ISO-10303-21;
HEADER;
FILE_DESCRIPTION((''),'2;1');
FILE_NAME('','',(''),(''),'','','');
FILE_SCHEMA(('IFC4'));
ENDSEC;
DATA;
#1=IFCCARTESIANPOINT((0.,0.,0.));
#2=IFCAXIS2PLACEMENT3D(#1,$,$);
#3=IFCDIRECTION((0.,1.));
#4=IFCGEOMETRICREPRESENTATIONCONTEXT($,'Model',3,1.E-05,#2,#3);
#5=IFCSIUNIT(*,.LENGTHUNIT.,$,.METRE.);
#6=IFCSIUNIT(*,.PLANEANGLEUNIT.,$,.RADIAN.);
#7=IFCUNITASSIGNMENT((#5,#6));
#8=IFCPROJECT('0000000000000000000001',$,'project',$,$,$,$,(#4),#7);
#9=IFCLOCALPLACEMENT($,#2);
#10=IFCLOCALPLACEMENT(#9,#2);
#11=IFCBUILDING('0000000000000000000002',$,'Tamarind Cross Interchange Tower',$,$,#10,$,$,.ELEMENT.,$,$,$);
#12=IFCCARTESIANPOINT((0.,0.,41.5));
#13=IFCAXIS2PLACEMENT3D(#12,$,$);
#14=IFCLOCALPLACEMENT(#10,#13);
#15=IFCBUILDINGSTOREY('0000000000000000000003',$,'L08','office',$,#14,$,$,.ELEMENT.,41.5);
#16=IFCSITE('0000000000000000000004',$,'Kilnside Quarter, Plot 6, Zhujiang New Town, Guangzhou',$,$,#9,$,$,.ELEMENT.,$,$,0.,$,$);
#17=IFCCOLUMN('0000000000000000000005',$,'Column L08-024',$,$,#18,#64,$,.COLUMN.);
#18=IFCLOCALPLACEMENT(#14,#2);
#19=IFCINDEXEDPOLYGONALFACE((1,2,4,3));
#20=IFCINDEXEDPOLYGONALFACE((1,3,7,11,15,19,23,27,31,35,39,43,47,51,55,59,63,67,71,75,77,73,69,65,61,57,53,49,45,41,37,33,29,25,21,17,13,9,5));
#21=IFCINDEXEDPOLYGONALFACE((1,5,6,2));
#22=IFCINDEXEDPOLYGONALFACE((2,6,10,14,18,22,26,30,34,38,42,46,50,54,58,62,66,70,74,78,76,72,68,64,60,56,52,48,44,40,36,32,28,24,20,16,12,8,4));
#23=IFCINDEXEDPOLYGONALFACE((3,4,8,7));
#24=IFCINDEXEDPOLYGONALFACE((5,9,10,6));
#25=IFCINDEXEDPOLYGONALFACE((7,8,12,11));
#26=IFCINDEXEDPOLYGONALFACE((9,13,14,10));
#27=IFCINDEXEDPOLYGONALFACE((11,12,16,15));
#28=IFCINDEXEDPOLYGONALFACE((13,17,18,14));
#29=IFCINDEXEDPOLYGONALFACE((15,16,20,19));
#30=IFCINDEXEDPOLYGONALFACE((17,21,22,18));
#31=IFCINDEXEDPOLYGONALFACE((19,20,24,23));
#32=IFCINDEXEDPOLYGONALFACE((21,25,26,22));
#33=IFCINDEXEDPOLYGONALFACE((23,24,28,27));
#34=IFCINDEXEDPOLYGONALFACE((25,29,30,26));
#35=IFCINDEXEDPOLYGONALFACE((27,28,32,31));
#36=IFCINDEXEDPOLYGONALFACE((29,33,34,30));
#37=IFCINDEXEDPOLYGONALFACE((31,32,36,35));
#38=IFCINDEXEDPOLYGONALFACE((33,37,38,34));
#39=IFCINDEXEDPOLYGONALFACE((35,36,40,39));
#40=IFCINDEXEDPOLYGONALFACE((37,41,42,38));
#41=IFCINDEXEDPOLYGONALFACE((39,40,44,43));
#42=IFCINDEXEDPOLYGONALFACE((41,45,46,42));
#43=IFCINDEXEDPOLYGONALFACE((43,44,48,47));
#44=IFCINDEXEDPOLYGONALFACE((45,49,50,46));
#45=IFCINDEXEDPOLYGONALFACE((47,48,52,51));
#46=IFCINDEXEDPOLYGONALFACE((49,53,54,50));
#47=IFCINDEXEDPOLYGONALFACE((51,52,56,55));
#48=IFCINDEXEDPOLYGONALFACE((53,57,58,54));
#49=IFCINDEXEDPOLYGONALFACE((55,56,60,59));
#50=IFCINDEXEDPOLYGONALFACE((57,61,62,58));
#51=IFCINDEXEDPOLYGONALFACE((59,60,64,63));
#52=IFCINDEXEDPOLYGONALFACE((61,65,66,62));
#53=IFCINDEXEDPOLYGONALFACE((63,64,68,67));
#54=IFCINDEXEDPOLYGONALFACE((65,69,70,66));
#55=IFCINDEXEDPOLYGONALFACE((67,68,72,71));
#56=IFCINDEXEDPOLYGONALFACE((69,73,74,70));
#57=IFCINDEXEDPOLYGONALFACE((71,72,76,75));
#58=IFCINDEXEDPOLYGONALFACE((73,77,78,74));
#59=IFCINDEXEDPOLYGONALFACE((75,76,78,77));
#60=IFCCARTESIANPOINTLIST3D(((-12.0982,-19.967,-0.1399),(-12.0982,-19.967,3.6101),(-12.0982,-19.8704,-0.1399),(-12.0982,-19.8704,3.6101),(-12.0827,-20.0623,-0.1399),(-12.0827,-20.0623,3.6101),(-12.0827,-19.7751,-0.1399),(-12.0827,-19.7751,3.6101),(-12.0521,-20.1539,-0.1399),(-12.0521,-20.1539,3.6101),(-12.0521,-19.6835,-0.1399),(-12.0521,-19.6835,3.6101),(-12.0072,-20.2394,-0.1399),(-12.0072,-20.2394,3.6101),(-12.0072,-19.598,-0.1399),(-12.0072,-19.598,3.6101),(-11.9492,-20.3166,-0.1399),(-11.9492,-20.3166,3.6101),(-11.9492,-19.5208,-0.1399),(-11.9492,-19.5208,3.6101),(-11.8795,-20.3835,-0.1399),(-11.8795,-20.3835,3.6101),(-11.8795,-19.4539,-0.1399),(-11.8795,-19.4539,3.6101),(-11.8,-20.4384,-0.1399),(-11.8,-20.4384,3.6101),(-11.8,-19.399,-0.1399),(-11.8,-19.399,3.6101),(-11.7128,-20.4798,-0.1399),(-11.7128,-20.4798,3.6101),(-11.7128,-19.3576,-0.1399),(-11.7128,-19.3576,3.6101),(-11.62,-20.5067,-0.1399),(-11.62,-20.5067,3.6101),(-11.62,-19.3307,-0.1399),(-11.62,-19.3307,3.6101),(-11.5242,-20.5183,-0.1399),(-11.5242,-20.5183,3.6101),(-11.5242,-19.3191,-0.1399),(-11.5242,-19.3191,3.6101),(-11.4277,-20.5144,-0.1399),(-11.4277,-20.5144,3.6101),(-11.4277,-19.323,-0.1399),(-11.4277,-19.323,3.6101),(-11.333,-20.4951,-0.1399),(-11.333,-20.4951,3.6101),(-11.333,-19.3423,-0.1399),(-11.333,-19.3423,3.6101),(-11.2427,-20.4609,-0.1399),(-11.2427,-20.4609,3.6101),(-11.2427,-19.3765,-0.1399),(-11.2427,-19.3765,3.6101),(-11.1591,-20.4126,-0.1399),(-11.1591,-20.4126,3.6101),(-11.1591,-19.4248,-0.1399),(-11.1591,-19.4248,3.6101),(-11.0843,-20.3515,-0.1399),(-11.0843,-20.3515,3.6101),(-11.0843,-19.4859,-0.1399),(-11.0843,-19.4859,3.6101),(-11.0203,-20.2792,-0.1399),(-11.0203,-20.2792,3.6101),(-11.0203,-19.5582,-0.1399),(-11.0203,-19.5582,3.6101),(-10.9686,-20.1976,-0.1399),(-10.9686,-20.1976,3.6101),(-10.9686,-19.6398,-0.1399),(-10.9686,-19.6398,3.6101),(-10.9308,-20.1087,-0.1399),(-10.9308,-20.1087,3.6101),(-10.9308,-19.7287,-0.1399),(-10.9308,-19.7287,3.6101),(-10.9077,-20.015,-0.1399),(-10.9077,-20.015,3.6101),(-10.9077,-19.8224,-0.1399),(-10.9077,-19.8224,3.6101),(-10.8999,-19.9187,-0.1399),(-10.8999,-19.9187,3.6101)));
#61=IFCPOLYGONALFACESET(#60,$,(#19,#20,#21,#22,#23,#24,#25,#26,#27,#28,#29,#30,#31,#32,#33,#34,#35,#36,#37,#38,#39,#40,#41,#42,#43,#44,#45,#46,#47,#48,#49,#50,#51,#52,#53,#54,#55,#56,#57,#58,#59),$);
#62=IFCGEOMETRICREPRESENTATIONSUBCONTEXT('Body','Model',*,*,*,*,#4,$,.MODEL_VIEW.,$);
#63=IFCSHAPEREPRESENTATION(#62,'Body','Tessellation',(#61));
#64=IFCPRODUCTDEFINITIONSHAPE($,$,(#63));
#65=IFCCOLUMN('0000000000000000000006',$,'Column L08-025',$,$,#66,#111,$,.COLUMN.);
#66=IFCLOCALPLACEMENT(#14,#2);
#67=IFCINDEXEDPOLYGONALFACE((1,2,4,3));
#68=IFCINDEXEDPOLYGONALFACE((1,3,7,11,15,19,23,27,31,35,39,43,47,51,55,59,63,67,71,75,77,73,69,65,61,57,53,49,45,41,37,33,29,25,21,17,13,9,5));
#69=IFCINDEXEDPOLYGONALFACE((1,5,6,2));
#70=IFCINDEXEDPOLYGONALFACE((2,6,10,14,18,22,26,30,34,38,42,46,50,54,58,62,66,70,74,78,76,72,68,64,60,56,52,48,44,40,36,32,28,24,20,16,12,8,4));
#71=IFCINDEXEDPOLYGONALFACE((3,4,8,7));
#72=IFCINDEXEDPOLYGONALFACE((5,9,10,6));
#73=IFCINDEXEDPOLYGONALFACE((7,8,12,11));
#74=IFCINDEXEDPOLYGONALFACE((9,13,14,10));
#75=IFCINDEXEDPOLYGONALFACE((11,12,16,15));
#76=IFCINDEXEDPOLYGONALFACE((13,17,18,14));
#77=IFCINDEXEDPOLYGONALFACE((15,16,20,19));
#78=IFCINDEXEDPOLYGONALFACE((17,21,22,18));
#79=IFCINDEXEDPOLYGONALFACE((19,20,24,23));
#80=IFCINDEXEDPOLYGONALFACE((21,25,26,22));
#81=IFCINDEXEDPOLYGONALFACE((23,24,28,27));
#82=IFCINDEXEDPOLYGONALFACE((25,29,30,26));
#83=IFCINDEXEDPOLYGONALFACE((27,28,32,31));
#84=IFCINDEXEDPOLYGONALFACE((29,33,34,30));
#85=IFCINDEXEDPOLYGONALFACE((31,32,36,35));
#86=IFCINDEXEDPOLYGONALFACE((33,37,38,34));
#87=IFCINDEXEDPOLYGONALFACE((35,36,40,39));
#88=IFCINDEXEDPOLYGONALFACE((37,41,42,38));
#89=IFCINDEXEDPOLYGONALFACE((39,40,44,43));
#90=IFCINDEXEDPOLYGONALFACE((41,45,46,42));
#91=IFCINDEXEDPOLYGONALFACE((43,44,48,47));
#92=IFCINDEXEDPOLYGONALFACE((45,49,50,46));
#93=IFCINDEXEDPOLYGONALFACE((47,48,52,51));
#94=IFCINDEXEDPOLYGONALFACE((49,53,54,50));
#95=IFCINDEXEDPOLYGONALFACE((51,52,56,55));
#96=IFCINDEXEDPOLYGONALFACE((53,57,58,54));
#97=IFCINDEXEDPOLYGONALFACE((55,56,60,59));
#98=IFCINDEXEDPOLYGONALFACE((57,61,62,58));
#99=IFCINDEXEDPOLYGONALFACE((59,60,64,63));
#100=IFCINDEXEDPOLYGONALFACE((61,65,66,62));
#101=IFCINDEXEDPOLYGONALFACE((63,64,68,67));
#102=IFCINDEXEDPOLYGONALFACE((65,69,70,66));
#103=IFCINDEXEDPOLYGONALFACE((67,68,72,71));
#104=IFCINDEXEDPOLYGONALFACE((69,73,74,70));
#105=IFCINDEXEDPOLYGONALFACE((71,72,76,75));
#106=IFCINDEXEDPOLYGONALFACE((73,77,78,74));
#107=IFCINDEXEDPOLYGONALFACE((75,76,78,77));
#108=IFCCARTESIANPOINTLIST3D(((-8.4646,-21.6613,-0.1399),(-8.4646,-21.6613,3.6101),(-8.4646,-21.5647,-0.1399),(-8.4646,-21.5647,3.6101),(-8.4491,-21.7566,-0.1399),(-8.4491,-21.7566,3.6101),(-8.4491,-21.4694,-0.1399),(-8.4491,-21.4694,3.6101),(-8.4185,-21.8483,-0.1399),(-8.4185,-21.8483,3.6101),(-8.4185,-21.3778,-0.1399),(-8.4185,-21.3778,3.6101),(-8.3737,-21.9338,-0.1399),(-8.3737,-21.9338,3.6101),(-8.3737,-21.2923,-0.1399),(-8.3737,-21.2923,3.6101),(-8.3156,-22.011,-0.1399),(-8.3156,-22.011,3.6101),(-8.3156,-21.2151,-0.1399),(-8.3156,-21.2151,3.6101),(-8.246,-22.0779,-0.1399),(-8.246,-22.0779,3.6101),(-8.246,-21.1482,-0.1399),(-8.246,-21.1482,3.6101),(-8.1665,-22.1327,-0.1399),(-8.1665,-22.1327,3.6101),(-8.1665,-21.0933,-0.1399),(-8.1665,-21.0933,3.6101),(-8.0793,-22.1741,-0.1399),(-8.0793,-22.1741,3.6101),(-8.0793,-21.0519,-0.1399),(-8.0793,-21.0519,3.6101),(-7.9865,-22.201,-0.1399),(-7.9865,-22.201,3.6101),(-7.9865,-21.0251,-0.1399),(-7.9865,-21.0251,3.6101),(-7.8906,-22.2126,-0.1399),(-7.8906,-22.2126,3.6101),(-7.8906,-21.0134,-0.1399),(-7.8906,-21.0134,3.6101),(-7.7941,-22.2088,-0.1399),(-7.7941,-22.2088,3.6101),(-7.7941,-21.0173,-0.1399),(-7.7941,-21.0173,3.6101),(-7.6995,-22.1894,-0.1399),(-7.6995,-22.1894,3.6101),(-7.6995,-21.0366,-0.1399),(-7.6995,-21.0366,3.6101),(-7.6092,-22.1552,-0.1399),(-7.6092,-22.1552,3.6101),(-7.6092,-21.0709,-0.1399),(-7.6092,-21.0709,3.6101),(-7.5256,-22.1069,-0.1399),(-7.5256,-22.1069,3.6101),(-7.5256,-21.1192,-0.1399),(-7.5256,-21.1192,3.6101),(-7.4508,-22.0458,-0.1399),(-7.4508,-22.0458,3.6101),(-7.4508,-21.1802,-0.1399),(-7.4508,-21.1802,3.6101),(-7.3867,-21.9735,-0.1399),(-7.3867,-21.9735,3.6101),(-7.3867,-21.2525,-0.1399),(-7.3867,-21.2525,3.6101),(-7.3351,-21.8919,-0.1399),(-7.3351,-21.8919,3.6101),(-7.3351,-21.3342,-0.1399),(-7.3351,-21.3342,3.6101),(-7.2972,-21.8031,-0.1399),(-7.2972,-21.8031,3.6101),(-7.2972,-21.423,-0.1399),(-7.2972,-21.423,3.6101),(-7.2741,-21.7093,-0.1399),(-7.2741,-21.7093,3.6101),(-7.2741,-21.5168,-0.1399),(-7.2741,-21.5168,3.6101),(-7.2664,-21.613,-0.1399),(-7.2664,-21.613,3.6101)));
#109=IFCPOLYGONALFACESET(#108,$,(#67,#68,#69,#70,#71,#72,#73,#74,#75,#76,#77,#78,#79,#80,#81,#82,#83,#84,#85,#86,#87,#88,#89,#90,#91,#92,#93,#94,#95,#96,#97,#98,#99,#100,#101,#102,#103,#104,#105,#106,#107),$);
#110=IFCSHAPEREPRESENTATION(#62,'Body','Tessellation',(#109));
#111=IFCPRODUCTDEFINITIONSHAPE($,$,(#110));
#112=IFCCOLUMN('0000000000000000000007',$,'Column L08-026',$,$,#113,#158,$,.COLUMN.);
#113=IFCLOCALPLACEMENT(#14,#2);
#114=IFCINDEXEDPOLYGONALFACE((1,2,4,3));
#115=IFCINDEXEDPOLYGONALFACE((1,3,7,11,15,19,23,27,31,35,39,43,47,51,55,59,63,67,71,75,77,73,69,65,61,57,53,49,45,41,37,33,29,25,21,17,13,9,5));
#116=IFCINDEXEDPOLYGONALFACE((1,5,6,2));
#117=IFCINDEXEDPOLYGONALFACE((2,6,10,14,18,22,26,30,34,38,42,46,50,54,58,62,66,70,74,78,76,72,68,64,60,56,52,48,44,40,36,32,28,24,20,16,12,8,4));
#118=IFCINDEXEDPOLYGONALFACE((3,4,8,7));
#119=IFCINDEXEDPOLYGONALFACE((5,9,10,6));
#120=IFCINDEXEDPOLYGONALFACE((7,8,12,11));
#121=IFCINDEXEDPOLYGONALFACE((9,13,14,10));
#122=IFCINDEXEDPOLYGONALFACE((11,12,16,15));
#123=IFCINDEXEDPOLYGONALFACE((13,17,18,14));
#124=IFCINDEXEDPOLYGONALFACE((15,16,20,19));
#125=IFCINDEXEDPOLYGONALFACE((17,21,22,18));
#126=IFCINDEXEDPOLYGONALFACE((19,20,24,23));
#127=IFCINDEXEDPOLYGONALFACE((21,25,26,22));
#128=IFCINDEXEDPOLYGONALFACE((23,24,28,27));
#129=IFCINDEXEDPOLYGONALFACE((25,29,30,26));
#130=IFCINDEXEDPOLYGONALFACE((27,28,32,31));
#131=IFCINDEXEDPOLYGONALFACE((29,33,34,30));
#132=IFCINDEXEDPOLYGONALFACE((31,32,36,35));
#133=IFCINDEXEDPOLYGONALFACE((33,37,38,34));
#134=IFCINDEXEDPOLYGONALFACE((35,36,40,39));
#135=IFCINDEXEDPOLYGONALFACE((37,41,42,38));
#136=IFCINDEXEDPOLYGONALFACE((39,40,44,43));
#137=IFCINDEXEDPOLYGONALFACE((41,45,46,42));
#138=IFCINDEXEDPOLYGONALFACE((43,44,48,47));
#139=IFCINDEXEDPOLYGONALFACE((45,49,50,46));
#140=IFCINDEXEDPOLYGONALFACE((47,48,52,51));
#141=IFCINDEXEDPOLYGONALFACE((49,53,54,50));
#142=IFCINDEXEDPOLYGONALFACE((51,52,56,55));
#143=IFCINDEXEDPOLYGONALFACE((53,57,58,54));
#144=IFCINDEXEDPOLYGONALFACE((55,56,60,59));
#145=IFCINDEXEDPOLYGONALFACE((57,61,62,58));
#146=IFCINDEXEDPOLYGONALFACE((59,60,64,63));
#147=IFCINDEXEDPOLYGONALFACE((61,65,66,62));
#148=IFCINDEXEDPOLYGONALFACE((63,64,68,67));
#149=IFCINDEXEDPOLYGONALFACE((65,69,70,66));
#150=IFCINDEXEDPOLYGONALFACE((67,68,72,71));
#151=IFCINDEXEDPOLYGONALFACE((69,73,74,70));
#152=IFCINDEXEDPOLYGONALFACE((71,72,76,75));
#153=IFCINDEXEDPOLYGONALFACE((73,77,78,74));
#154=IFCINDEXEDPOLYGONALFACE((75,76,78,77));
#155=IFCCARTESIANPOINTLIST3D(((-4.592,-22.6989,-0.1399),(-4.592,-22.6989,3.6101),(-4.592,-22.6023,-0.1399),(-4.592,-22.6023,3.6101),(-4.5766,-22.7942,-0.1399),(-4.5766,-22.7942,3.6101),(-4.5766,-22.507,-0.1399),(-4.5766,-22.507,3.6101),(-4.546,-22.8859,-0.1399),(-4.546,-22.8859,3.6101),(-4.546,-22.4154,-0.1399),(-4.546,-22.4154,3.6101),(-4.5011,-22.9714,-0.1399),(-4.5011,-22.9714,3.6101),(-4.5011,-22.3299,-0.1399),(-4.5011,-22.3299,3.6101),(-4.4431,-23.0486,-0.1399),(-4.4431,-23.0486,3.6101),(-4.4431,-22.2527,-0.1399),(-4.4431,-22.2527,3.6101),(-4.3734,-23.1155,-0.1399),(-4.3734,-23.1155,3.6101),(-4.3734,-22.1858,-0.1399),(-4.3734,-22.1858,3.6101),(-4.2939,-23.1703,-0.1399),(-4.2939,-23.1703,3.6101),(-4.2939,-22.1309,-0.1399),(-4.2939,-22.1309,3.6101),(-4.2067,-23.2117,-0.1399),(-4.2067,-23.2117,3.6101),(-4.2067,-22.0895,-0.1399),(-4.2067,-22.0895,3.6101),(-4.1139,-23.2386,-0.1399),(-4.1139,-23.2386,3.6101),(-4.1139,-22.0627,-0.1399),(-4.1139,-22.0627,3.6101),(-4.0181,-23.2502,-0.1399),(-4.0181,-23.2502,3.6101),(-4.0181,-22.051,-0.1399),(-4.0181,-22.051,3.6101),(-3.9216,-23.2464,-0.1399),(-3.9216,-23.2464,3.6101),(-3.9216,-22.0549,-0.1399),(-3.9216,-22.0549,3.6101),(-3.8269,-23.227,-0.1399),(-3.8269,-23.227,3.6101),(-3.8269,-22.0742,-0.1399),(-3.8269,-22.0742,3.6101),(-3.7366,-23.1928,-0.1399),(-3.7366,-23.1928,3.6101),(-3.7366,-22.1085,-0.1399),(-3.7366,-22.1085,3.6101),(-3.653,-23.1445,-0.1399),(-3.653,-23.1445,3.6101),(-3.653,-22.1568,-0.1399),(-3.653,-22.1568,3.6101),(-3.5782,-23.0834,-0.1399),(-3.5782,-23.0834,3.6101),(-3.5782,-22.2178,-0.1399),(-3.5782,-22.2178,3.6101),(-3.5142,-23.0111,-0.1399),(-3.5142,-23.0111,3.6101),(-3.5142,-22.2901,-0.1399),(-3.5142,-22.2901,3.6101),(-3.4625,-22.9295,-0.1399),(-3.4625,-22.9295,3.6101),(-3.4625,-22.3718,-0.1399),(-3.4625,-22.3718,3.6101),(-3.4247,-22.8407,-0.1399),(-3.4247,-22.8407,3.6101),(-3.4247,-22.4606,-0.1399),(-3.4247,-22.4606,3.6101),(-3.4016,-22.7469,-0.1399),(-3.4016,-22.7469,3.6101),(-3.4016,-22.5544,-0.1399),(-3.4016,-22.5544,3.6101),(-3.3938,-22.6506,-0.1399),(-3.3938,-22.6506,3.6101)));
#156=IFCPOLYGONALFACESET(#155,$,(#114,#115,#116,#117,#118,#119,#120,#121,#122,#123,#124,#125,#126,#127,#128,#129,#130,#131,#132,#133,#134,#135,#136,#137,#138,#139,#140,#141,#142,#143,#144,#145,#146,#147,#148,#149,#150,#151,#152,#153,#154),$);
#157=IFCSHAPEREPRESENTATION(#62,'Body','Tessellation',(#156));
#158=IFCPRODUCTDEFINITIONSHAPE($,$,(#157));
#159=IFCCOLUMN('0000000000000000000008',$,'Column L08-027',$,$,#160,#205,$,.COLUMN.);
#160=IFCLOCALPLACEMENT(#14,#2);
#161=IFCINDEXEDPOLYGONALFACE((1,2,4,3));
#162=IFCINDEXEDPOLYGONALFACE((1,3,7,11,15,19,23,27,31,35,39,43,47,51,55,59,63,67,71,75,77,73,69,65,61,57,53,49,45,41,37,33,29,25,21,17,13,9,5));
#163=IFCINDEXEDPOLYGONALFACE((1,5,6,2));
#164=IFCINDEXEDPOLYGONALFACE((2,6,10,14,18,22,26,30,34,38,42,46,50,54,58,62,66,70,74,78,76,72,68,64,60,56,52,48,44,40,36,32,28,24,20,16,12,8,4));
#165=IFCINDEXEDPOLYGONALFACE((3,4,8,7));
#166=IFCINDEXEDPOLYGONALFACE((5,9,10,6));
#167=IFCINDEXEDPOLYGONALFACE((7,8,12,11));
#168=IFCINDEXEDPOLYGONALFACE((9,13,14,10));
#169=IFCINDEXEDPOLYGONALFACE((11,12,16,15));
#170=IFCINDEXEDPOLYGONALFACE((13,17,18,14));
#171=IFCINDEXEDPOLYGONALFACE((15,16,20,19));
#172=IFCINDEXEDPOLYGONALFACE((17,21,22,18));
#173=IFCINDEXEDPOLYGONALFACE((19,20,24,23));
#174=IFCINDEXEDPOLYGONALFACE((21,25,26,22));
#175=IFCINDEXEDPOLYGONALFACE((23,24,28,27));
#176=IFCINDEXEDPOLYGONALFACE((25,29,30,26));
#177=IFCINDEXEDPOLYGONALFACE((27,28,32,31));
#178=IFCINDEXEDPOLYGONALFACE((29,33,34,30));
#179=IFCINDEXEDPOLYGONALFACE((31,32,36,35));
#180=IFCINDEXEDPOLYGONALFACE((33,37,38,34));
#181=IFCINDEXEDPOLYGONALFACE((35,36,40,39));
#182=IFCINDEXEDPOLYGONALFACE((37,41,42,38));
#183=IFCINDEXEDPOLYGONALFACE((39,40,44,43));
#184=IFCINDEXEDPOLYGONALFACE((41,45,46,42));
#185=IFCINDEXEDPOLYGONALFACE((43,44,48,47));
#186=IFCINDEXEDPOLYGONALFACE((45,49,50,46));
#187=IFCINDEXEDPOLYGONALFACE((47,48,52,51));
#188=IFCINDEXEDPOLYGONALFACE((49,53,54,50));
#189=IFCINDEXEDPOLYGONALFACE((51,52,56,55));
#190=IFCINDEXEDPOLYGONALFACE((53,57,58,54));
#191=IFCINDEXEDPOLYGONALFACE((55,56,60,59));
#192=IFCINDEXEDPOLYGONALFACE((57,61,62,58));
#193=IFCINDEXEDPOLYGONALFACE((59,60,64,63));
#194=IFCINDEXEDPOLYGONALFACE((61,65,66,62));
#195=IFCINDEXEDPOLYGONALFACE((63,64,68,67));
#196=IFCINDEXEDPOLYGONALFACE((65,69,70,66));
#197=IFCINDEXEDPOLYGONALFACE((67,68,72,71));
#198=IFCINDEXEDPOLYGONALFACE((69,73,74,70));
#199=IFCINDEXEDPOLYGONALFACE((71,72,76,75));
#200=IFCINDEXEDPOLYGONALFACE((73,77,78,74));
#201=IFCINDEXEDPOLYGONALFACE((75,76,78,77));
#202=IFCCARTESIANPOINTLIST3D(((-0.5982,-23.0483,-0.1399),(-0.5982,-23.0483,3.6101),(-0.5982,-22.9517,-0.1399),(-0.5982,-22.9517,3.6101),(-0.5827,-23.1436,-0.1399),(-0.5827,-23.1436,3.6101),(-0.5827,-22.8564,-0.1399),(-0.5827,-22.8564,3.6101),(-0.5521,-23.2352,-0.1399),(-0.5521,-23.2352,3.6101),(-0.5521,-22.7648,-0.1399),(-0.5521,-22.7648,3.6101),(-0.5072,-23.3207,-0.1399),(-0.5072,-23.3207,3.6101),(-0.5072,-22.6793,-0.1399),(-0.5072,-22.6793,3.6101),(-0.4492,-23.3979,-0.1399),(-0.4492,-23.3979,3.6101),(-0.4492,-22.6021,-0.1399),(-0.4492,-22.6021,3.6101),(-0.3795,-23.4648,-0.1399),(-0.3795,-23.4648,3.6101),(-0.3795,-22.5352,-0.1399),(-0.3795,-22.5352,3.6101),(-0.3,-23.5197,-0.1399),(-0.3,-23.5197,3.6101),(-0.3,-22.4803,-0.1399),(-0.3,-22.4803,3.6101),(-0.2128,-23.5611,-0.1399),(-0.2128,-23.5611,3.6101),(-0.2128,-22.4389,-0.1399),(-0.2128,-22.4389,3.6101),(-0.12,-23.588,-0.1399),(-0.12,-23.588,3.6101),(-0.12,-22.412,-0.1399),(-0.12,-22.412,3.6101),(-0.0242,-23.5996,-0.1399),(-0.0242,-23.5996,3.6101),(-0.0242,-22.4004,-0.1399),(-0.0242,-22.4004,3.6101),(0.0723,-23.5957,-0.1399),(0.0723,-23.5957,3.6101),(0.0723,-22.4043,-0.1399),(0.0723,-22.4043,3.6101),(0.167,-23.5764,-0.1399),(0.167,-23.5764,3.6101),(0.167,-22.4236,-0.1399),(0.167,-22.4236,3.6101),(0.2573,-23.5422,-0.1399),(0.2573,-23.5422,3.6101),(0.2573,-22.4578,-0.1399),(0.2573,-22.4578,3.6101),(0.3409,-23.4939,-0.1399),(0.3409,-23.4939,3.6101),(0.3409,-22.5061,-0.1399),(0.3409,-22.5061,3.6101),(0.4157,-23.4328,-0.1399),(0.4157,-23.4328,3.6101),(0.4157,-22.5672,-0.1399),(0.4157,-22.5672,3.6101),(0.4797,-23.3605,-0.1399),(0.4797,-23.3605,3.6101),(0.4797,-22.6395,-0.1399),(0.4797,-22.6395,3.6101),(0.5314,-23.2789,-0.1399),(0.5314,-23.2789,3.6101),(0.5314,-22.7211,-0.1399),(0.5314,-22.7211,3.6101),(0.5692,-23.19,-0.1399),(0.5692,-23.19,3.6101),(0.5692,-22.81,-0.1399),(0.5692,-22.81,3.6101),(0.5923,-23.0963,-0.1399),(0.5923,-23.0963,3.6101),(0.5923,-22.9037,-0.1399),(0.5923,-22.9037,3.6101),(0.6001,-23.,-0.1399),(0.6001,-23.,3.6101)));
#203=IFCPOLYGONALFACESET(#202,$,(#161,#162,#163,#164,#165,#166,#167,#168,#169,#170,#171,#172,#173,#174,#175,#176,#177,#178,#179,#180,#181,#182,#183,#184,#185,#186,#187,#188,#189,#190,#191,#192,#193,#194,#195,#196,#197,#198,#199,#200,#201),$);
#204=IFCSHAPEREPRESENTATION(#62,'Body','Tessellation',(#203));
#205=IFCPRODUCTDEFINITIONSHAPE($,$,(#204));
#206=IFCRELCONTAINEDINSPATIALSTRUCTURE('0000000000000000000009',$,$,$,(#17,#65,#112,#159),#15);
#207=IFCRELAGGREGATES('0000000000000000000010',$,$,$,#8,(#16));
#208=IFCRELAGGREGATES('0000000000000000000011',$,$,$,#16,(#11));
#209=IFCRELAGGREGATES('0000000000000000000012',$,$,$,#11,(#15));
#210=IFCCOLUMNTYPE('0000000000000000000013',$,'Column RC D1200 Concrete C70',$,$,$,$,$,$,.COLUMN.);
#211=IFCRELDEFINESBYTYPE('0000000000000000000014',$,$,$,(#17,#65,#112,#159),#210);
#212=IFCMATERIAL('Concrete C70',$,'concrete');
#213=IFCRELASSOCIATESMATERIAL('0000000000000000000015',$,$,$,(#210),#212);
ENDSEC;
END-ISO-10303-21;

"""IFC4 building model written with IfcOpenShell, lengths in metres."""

from ifc_helpers import new_model, si_unit, direction, frame, origin, origin_2d, place, context, subcontext, project, spatial, circle, extrude, material, material_profile, profile_set, type_object, element, save


model = new_model("IFC4")

# Units and contexts
model_context = context("Model", 3, precision=1e-05, world=origin(), true_north=direction((0.0, 1.0)))
body_context = subcontext(model_context, "Body", "Model", "MODEL_VIEW")
ifc_project = project(units=[si_unit("LENGTHUNIT", "METRE"), si_unit("PLANEANGLEUNIT", "RADIAN")], contexts=[model_context])

# Site, building, storey
site_placement = place(None, origin())
site = spatial("IfcSite", under=ifc_project, at=site_placement, Name="Kilnside Quarter, Plot 6, Zhujiang New Town, Guangzhou", CompositionType="ELEMENT", RefElevation=0.0)
building_placement = place(site_placement, origin())
building = spatial("IfcBuilding", under=site, at=building_placement, Name="Tamarind Cross Interchange Tower", CompositionType="ELEMENT")
storey_placement = place(building_placement, frame((0.0, 0.0, 41.5)))
storey = spatial("IfcBuildingStorey", under=building, at=storey_placement, Name="L08", Description="office", CompositionType="ELEMENT", Elevation=41.5)

# Columns
ifc_material_1 = material(Name="Concrete C70", Category="concrete")
ifc_material_profile_1 = material_profile(ifc_material_1, circle(Radius=0.6001, at=origin_2d()), Name="RC D1200")
ifc_profile_set_1 = profile_set([ifc_material_profile_1], Name="Concrete C70")
column_type = type_object("IfcColumnType", Name="Column RC D1200 Concrete C70", PredefinedType="COLUMN", material=ifc_profile_set_1)
for number, where, z_axis, x_axis, name in (
    (1, (-11.5, -19.9187, -0.1399), (0.0, 0.0, 1.0), (1.0, 0.0, 0.0), "Column L08-024"),
    (2, (-7.8665, -21.613, -0.1399), (0.0, 0.0, 1.0), (1.0, 0.0, 0.0), "Column L08-025"),
    (3, (-3.9939, -22.6506, -0.1399), (0.0, 0.0, 1.0), (1.0, 0.0, 0.0), "Column L08-026"),
    (4, (0.0, -23.0, -0.1399), (0.0, 0.0, 1.0), (1.0, 0.0, 0.0), "Column L08-027"),
):
    element("IfcColumn", number, at=place(storey_placement, frame(where, z_axis=z_axis, x_axis=x_axis)), inside=storey, type_object=column_type, Name=name, PredefinedType="COLUMN", context=body_context, shape_type="SweptSolid", body=[
        extrude(circle(Radius=0.6001, at=origin_2d()), origin(), (0.0, 0.0, 1.0), 3.75),
    ])

save(model, "model.ifc")
